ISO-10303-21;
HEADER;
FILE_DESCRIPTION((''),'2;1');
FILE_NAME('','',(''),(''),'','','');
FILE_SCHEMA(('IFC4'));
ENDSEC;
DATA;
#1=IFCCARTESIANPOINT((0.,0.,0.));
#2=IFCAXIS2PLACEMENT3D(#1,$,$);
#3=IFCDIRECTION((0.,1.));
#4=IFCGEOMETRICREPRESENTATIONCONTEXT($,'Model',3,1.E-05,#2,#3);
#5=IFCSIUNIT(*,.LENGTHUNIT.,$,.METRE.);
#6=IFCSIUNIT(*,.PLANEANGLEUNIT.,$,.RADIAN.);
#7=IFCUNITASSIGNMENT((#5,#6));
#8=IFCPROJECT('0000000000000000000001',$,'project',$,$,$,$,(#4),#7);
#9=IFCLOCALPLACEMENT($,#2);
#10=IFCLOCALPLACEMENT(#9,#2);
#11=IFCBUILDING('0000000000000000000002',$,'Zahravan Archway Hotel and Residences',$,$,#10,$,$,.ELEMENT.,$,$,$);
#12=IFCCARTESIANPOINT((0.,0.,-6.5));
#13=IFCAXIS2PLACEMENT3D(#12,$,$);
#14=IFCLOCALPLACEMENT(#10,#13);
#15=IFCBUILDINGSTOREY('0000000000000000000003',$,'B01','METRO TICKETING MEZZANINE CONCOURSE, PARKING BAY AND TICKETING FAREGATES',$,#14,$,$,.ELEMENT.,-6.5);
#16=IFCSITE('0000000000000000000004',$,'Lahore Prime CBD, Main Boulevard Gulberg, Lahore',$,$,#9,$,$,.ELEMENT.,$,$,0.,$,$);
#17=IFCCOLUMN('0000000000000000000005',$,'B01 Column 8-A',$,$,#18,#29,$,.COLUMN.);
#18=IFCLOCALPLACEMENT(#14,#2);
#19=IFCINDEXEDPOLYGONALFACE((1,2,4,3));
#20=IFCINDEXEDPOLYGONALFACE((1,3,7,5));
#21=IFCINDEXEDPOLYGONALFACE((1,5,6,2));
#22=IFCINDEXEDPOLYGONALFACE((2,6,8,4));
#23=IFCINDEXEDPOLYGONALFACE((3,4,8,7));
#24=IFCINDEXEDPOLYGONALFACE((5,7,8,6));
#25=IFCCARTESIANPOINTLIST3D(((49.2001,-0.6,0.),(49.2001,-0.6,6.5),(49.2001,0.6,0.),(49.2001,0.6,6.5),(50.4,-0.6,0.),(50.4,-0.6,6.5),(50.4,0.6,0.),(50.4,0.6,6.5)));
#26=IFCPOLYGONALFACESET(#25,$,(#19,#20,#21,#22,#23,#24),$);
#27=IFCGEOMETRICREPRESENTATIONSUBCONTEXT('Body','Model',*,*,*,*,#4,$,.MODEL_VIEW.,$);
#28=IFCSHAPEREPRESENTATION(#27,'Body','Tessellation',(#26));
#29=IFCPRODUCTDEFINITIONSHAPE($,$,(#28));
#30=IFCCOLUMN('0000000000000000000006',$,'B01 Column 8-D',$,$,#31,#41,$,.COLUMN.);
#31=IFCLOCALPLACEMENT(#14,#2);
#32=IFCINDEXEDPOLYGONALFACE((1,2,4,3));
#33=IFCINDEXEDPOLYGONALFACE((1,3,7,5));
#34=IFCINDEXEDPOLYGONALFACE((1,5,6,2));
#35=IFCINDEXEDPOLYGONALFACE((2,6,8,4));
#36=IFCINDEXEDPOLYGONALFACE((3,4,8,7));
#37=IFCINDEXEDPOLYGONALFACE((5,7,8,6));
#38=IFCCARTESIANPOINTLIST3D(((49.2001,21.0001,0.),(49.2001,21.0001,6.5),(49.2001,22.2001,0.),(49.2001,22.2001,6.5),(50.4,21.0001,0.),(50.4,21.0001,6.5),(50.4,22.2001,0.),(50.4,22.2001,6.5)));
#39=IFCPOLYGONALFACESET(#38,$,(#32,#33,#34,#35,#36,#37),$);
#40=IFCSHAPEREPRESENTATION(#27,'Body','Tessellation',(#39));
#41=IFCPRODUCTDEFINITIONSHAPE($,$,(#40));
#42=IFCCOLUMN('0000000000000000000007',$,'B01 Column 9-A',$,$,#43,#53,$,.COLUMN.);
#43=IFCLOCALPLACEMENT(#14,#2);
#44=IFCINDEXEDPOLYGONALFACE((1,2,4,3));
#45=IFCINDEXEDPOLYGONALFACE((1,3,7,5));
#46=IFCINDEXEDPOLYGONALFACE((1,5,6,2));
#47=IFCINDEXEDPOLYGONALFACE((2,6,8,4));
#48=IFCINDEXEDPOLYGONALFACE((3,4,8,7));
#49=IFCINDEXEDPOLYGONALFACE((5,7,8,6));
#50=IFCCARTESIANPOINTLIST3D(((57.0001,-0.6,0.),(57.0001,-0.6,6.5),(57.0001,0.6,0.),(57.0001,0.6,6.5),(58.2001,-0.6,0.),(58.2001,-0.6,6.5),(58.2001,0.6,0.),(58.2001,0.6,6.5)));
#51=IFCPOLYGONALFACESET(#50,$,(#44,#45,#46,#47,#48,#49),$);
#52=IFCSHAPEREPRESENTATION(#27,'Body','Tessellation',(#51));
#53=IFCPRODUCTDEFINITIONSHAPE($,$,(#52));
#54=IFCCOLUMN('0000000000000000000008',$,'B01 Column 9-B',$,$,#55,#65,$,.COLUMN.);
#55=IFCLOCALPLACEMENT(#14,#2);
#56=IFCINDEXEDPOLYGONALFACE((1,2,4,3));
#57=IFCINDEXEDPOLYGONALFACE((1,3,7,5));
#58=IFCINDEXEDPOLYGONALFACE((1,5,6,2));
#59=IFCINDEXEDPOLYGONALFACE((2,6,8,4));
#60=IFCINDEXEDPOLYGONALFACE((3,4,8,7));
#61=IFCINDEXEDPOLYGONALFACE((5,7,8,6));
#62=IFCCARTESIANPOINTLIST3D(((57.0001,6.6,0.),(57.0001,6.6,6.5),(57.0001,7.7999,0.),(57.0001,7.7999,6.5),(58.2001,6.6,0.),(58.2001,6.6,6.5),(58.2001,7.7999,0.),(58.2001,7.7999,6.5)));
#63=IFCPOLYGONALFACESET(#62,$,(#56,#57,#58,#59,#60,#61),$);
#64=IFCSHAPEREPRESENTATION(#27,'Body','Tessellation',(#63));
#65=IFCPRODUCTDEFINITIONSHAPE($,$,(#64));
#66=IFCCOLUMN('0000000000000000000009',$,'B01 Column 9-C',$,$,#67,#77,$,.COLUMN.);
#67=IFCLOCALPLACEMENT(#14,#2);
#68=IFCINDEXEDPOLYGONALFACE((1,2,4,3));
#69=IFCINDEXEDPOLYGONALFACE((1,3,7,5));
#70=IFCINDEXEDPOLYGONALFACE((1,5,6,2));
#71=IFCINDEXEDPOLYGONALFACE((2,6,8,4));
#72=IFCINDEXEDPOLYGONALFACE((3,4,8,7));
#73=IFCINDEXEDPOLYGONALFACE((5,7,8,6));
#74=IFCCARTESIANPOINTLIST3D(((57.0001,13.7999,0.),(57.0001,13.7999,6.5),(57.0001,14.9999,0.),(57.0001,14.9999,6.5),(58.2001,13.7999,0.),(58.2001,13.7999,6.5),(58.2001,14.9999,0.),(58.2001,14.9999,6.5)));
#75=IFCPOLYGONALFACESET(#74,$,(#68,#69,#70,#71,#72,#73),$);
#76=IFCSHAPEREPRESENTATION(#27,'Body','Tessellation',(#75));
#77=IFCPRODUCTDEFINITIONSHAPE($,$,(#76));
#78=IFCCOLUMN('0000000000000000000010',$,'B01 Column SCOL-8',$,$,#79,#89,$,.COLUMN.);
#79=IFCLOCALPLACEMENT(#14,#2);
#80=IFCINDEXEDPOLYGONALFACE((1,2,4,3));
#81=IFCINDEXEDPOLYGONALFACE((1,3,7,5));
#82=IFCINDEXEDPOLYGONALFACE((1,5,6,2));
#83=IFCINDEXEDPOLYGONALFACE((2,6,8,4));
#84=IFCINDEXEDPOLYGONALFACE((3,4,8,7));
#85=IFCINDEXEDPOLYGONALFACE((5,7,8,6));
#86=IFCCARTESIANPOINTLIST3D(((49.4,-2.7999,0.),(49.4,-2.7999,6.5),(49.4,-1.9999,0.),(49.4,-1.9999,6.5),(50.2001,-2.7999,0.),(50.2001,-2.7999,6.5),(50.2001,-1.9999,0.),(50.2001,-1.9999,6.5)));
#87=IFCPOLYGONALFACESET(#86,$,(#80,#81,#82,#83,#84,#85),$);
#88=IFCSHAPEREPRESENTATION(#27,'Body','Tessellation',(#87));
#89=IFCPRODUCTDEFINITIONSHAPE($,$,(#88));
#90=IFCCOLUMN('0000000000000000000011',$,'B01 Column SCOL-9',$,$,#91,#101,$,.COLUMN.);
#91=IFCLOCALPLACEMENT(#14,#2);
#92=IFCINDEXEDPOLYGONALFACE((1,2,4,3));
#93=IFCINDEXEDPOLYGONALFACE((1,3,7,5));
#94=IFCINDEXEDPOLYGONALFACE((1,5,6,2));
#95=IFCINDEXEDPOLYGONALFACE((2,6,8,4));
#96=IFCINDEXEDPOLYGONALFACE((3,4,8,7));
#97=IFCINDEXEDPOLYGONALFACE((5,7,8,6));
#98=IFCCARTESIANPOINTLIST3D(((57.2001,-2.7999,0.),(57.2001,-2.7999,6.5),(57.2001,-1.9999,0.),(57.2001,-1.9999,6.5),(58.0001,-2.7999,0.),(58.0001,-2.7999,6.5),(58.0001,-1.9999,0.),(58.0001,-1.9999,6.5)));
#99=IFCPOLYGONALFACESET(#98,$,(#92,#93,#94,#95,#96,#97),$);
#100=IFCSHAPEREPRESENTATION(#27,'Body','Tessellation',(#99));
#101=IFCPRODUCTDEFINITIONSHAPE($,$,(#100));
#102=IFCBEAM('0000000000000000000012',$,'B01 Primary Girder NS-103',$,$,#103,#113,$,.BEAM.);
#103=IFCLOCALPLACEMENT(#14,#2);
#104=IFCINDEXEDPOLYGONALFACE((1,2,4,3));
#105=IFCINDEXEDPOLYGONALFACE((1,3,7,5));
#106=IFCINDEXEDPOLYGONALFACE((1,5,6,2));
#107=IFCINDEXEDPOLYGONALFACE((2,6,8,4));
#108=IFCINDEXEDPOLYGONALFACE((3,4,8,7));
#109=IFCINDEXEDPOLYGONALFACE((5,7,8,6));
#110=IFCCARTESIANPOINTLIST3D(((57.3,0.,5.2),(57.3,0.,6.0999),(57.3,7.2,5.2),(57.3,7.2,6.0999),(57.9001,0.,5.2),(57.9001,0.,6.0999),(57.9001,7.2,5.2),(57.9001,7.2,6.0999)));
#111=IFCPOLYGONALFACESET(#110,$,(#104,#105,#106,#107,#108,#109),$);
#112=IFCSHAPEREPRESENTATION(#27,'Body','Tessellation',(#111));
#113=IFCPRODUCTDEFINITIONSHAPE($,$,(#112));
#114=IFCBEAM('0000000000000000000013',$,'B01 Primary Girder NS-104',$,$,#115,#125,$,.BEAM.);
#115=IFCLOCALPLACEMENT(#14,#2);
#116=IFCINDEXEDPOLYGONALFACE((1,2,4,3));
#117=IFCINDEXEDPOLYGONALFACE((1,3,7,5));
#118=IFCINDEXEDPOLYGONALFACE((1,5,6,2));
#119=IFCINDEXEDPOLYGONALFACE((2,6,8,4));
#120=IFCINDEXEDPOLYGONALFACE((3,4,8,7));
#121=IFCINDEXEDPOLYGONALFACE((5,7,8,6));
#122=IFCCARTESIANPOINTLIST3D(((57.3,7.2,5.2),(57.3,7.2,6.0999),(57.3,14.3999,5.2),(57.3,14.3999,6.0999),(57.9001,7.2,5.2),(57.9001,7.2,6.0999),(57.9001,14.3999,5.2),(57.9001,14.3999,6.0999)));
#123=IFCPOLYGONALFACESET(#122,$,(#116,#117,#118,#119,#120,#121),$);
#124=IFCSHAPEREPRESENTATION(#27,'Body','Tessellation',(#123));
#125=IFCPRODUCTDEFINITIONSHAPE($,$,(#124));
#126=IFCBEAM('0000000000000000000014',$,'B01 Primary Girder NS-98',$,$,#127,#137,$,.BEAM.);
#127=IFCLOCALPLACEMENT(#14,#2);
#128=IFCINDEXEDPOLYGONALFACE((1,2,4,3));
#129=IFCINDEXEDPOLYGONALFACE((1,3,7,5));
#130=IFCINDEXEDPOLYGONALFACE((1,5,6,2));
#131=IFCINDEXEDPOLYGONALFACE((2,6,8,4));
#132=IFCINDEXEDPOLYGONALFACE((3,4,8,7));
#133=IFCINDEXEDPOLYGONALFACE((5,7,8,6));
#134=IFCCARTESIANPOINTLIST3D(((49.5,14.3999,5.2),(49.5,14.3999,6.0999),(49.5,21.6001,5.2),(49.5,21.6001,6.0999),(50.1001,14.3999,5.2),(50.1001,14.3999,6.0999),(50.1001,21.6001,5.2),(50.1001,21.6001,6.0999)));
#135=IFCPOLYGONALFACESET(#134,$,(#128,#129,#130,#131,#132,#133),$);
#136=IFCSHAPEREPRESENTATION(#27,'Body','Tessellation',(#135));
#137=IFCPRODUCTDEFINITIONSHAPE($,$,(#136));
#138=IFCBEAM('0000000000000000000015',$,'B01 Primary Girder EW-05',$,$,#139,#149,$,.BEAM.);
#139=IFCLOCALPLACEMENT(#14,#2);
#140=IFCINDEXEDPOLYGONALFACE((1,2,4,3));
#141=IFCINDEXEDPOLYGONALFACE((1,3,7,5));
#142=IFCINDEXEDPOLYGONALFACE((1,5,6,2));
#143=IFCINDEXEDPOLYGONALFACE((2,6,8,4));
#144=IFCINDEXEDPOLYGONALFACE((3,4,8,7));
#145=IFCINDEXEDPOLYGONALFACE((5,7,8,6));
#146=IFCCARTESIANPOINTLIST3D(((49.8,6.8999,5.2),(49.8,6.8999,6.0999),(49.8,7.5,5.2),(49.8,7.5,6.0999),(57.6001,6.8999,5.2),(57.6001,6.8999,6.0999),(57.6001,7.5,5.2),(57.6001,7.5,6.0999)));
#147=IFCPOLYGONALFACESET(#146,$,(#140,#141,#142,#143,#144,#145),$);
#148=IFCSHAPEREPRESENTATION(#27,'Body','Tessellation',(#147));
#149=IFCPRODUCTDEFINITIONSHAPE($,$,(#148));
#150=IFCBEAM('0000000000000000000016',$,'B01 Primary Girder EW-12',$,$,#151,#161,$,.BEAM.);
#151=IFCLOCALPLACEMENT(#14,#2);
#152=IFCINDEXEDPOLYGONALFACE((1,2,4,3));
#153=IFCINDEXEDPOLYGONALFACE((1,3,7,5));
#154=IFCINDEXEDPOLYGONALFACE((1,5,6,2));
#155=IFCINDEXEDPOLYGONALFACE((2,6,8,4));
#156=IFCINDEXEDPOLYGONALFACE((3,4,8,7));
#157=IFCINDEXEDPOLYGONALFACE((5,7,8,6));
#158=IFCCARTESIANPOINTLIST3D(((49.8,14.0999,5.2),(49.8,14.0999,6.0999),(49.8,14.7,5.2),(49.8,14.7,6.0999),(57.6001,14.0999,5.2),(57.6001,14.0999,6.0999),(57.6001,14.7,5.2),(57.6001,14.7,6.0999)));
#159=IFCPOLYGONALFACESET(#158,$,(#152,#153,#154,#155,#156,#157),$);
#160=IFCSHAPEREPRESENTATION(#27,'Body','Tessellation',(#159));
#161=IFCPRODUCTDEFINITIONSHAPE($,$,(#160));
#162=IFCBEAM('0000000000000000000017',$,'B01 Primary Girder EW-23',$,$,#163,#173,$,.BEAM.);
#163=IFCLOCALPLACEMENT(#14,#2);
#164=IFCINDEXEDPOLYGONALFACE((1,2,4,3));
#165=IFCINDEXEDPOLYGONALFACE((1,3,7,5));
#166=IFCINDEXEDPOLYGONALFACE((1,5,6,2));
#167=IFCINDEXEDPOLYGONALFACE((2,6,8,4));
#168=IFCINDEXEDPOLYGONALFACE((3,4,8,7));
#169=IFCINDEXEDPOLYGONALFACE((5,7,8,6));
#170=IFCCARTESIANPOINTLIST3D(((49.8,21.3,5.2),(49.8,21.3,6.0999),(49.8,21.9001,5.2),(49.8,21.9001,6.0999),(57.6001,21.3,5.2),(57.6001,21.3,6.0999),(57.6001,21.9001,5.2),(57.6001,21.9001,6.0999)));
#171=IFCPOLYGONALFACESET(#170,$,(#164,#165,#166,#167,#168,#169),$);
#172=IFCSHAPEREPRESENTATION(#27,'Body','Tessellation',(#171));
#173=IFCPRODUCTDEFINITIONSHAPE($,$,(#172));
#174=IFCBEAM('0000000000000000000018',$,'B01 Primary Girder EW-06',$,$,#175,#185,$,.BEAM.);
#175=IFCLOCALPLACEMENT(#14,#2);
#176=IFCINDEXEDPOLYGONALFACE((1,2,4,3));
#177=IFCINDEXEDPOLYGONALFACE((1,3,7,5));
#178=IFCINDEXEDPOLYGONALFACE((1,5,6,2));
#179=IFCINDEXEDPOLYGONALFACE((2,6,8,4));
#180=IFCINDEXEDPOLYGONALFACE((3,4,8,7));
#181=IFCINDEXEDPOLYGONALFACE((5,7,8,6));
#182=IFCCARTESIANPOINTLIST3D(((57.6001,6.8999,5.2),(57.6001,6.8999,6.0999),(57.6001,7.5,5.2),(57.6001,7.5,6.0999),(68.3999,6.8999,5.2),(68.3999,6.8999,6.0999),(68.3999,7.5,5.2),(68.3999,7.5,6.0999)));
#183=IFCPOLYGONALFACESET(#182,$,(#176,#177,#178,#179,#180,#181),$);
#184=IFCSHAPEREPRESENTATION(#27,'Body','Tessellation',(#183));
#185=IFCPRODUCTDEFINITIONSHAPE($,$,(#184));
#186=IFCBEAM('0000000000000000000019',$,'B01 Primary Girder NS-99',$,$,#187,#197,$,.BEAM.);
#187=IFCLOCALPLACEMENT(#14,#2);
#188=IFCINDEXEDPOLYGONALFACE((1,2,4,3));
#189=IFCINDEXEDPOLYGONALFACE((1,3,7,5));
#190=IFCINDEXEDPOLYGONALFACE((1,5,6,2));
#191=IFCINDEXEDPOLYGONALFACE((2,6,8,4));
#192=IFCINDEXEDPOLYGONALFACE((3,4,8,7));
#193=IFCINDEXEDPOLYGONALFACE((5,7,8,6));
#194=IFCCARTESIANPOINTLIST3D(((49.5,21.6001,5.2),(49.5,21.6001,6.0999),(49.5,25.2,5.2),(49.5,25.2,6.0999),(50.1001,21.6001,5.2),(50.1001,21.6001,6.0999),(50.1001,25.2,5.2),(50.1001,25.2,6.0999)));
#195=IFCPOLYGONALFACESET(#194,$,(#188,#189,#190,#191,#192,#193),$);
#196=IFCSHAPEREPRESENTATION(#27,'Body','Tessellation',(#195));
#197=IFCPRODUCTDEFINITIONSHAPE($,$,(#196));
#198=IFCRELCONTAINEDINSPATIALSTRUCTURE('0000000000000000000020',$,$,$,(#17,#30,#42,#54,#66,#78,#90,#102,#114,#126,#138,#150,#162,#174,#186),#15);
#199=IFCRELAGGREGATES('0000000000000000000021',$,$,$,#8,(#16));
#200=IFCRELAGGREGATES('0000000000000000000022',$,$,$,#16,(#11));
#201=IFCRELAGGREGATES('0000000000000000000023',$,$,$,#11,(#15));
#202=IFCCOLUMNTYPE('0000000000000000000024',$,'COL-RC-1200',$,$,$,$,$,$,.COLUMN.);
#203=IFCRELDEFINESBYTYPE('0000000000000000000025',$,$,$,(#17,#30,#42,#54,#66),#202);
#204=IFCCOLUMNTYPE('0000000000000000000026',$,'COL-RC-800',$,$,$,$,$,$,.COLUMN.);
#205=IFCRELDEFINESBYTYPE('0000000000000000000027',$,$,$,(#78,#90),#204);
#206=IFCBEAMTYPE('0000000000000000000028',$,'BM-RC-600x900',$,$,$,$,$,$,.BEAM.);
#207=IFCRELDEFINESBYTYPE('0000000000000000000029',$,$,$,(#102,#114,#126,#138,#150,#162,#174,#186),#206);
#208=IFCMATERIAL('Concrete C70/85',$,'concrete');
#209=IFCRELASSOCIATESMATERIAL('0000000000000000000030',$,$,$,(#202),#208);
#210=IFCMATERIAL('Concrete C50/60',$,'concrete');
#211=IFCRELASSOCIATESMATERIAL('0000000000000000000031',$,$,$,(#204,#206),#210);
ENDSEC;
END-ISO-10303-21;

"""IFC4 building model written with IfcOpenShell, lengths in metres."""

from ifc_helpers import new_model, si_unit, direction, frame, origin, origin_2d, place, context, subcontext, project, spatial, rectangle, extrude, source, transform, mapped, material, material_profile, profile_set, type_object, element, save


model = new_model("IFC4")

# Units and contexts
model_context = context("Model", 3, precision=1e-05, world=origin(), true_north=direction((0.0, 1.0)))
body_context = subcontext(model_context, "Body", "Model", "MODEL_VIEW")
ifc_project = project(units=[si_unit("LENGTHUNIT", "METRE"), si_unit("PLANEANGLEUNIT", "RADIAN")], contexts=[model_context])

# Site, building, storey
site_placement = place(None, origin())
site = spatial("IfcSite", under=ifc_project, at=site_placement, Name="Lahore Prime CBD, Main Boulevard Gulberg, Lahore", CompositionType="ELEMENT", RefElevation=0.0)
building_placement = place(site_placement, origin())
building = spatial("IfcBuilding", under=site, at=building_placement, Name="Zahravan Archway Hotel and Residences", CompositionType="ELEMENT")
storey_placement = place(building_placement, frame((0.0, 0.0, -6.5)))
storey = spatial("IfcBuildingStorey", under=building, at=storey_placement, Name="B01", Description="METRO TICKETING MEZZANINE CONCOURSE, PARKING BAY AND TICKETING FAREGATES", CompositionType="ELEMENT", Elevation=-6.5)

# Columns
ifc_material_1 = material(Name="Concrete C70/85", Category="concrete")
ifc_material_profile_1 = material_profile(ifc_material_1, rectangle(XDim=1.2, YDim=1.2, at=origin_2d()), Name="RC-COL-1200x1200", Category="concrete")
ifc_profile_set_1 = profile_set([ifc_material_profile_1], Name="Concrete C70/85")
column_type_1 = type_object("IfcColumnType", Name="COL-RC-1200", PredefinedType="COLUMN", material=ifc_profile_set_1)
shared_shape_1 = source(origin(), body_context, "Body", "SweptSolid", [
    extrude(rectangle(XDim=1.2, YDim=1.2, at=origin_2d()), origin(), (0.0, 0.0, 1.0), 6.5),
])
for number, where, z_axis, x_axis, name in (
    (1, (49.8, 0.0, 0.0), (0.0, 0.0, 1.0), (1.0, 0.0, 0.0), "B01 Column 8-A"),
    (2, (49.8, 21.6001, 0.0), (0.0, 0.0, 1.0), (1.0, 0.0, 0.0), "B01 Column 8-D"),
    (3, (57.6001, 0.0, 0.0), (0.0, 0.0, 1.0), (1.0, 0.0, 0.0), "B01 Column 9-A"),
    (4, (57.6001, 7.2, 0.0), (0.0, 0.0, 1.0), (1.0, 0.0, 0.0), "B01 Column 9-B"),
    (5, (57.6001, 14.3999, 0.0), (0.0, 0.0, 1.0), (1.0, 0.0, 0.0), "B01 Column 9-C"),
):
    element("IfcColumn", number, at=place(storey_placement, frame(where, z_axis=z_axis, x_axis=x_axis)), inside=storey, type_object=column_type_1, Name=name, PredefinedType="COLUMN", context=body_context, shape_type="MappedRepresentation", body=[
        mapped(shared_shape_1, transform((0.0, 0.0, 0.0), scale=1.0)),
    ])
ifc_material_2 = material(Name="Concrete C50/60", Category="concrete")
ifc_material_profile_2 = material_profile(ifc_material_2, rectangle(XDim=0.8, YDim=0.8, at=origin_2d()), Name="RC-COL-800x800", Category="concrete")
ifc_profile_set_2 = profile_set([ifc_material_profile_2], Name="Concrete C50/60")
column_type_2 = type_object("IfcColumnType", Name="COL-RC-800", PredefinedType="COLUMN", material=ifc_profile_set_2)
shared_shape_2 = source(origin(), body_context, "Body", "SweptSolid", [
    extrude(rectangle(XDim=0.8, YDim=0.8, at=origin_2d()), origin(), (0.0, 0.0, 1.0), 6.5),
])
for number, where, z_axis, x_axis, name in (
    (6, (49.8, -2.3999, 0.0), (0.0, 0.0, 1.0), (1.0, 0.0, 0.0), "B01 Column SCOL-8"),
    (7, (57.6001, -2.3999, 0.0), (0.0, 0.0, 1.0), (1.0, 0.0, 0.0), "B01 Column SCOL-9"),
):
    element("IfcColumn", number, at=place(storey_placement, frame(where, z_axis=z_axis, x_axis=x_axis)), inside=storey, type_object=column_type_2, Name=name, PredefinedType="COLUMN", context=body_context, shape_type="MappedRepresentation", body=[
        mapped(shared_shape_2, transform((0.0, 0.0, 0.0), scale=1.0)),
    ])

# Beams
ifc_material_profile_3 = material_profile(ifc_material_2, rectangle(XDim=0.6001, YDim=0.8999, at=origin_2d()), Name="RC-BM-600x900", Category="concrete")
ifc_profile_set_3 = profile_set([ifc_material_profile_3], Name="Concrete C50/60")
beam_type_1 = type_object("IfcBeamType", Name="BM-RC-600x900", PredefinedType="BEAM", material=ifc_profile_set_3)
shared_shape_3 = source(origin(), body_context, "Body", "SweptSolid", [
    extrude(rectangle(XDim=0.6001, YDim=0.8999, at=origin_2d()), origin(), (0.0, 0.0, 1.0), 7.2),
])
for number, where, z_axis, x_axis, name in (
    (8, (57.6001, 0.0, 5.6499), (0.0, 1.0, 0.0), (-1.0, 0.0, 0.0), "B01 Primary Girder NS-103"),
    (9, (57.6001, 7.2, 5.6499), (0.0, 1.0, 0.0), (-1.0, 0.0, 0.0), "B01 Primary Girder NS-104"),
):
    element("IfcBeam", number, at=place(storey_placement, frame(where, z_axis=z_axis, x_axis=x_axis)), inside=storey, type_object=beam_type_1, Name=name, PredefinedType="BEAM", context=body_context, shape_type="MappedRepresentation", body=[
        mapped(shared_shape_3, transform((0.0, 0.0, 0.0), scale=1.0)),
    ])
shared_shape_4 = source(origin(), body_context, "Body", "SweptSolid", [
    extrude(rectangle(XDim=0.6001, YDim=0.8999, at=origin_2d()), origin(), (0.0, 0.0, 1.0), 7.2002),
])
beam_1_placement = place(storey_placement, frame((49.8, 14.3999, 5.6499), z_axis=(0.0, 1.0, 0.0), x_axis=(-1.0, 0.0, 0.0)))
element("IfcBeam", 10, at=beam_1_placement, inside=storey, type_object=beam_type_1, Name="B01 Primary Girder NS-98", PredefinedType="BEAM", context=body_context, shape_type="MappedRepresentation", body=[
    mapped(shared_shape_4, transform((0.0, 0.0, 0.0), scale=1.0)),
])
shared_shape_5 = source(origin(), body_context, "Body", "SweptSolid", [
    extrude(rectangle(XDim=0.6001, YDim=0.8999, at=origin_2d()), origin(), (0.0, 0.0, 1.0), 7.8),
])
for number, where, z_axis, x_axis, name in (
    (11, (49.8, 7.2, 5.6499), (1.0, 0.0, 0.0), (0.0, 1.0, 0.0), "B01 Primary Girder EW-05"),
    (12, (49.8, 14.3999, 5.6499), (1.0, 0.0, 0.0), (0.0, 1.0, 0.0), "B01 Primary Girder EW-12"),
    (13, (49.8, 21.6001, 5.6499), (1.0, 0.0, 0.0), (0.0, 1.0, 0.0), "B01 Primary Girder EW-23"),
):
    element("IfcBeam", number, at=place(storey_placement, frame(where, z_axis=z_axis, x_axis=x_axis)), inside=storey, type_object=beam_type_1, Name=name, PredefinedType="BEAM", context=body_context, shape_type="MappedRepresentation", body=[
        mapped(shared_shape_5, transform((0.0, 0.0, 0.0), scale=1.0)),
    ])
shared_shape_6 = source(origin(), body_context, "Body", "SweptSolid", [
    extrude(rectangle(XDim=0.6001, YDim=0.8999, at=origin_2d()), origin(), (0.0, 0.0, 1.0), 10.7998),
])
beam_2_placement = place(storey_placement, frame((57.6001, 7.2, 5.6499), z_axis=(1.0, 0.0, 0.0), x_axis=(0.0, 1.0, 0.0)))
element("IfcBeam", 14, at=beam_2_placement, inside=storey, type_object=beam_type_1, Name="B01 Primary Girder EW-06", PredefinedType="BEAM", context=body_context, shape_type="MappedRepresentation", body=[
    mapped(shared_shape_6, transform((0.0, 0.0, 0.0), scale=1.0)),
])
shared_shape_7 = source(origin(), body_context, "Body", "SweptSolid", [
    extrude(rectangle(XDim=0.6001, YDim=0.8999, at=origin_2d()), origin(), (0.0, 0.0, 1.0), 3.5999),
])
beam_3_placement = place(storey_placement, frame((49.8, 21.6001, 5.6499), z_axis=(0.0, 1.0, 0.0), x_axis=(-1.0, 0.0, 0.0)))
element("IfcBeam", 15, at=beam_3_placement, inside=storey, type_object=beam_type_1, Name="B01 Primary Girder NS-99", PredefinedType="BEAM", context=body_context, shape_type="MappedRepresentation", body=[
    mapped(shared_shape_7, transform((0.0, 0.0, 0.0), scale=1.0)),
])

save(model, "model.ifc")
